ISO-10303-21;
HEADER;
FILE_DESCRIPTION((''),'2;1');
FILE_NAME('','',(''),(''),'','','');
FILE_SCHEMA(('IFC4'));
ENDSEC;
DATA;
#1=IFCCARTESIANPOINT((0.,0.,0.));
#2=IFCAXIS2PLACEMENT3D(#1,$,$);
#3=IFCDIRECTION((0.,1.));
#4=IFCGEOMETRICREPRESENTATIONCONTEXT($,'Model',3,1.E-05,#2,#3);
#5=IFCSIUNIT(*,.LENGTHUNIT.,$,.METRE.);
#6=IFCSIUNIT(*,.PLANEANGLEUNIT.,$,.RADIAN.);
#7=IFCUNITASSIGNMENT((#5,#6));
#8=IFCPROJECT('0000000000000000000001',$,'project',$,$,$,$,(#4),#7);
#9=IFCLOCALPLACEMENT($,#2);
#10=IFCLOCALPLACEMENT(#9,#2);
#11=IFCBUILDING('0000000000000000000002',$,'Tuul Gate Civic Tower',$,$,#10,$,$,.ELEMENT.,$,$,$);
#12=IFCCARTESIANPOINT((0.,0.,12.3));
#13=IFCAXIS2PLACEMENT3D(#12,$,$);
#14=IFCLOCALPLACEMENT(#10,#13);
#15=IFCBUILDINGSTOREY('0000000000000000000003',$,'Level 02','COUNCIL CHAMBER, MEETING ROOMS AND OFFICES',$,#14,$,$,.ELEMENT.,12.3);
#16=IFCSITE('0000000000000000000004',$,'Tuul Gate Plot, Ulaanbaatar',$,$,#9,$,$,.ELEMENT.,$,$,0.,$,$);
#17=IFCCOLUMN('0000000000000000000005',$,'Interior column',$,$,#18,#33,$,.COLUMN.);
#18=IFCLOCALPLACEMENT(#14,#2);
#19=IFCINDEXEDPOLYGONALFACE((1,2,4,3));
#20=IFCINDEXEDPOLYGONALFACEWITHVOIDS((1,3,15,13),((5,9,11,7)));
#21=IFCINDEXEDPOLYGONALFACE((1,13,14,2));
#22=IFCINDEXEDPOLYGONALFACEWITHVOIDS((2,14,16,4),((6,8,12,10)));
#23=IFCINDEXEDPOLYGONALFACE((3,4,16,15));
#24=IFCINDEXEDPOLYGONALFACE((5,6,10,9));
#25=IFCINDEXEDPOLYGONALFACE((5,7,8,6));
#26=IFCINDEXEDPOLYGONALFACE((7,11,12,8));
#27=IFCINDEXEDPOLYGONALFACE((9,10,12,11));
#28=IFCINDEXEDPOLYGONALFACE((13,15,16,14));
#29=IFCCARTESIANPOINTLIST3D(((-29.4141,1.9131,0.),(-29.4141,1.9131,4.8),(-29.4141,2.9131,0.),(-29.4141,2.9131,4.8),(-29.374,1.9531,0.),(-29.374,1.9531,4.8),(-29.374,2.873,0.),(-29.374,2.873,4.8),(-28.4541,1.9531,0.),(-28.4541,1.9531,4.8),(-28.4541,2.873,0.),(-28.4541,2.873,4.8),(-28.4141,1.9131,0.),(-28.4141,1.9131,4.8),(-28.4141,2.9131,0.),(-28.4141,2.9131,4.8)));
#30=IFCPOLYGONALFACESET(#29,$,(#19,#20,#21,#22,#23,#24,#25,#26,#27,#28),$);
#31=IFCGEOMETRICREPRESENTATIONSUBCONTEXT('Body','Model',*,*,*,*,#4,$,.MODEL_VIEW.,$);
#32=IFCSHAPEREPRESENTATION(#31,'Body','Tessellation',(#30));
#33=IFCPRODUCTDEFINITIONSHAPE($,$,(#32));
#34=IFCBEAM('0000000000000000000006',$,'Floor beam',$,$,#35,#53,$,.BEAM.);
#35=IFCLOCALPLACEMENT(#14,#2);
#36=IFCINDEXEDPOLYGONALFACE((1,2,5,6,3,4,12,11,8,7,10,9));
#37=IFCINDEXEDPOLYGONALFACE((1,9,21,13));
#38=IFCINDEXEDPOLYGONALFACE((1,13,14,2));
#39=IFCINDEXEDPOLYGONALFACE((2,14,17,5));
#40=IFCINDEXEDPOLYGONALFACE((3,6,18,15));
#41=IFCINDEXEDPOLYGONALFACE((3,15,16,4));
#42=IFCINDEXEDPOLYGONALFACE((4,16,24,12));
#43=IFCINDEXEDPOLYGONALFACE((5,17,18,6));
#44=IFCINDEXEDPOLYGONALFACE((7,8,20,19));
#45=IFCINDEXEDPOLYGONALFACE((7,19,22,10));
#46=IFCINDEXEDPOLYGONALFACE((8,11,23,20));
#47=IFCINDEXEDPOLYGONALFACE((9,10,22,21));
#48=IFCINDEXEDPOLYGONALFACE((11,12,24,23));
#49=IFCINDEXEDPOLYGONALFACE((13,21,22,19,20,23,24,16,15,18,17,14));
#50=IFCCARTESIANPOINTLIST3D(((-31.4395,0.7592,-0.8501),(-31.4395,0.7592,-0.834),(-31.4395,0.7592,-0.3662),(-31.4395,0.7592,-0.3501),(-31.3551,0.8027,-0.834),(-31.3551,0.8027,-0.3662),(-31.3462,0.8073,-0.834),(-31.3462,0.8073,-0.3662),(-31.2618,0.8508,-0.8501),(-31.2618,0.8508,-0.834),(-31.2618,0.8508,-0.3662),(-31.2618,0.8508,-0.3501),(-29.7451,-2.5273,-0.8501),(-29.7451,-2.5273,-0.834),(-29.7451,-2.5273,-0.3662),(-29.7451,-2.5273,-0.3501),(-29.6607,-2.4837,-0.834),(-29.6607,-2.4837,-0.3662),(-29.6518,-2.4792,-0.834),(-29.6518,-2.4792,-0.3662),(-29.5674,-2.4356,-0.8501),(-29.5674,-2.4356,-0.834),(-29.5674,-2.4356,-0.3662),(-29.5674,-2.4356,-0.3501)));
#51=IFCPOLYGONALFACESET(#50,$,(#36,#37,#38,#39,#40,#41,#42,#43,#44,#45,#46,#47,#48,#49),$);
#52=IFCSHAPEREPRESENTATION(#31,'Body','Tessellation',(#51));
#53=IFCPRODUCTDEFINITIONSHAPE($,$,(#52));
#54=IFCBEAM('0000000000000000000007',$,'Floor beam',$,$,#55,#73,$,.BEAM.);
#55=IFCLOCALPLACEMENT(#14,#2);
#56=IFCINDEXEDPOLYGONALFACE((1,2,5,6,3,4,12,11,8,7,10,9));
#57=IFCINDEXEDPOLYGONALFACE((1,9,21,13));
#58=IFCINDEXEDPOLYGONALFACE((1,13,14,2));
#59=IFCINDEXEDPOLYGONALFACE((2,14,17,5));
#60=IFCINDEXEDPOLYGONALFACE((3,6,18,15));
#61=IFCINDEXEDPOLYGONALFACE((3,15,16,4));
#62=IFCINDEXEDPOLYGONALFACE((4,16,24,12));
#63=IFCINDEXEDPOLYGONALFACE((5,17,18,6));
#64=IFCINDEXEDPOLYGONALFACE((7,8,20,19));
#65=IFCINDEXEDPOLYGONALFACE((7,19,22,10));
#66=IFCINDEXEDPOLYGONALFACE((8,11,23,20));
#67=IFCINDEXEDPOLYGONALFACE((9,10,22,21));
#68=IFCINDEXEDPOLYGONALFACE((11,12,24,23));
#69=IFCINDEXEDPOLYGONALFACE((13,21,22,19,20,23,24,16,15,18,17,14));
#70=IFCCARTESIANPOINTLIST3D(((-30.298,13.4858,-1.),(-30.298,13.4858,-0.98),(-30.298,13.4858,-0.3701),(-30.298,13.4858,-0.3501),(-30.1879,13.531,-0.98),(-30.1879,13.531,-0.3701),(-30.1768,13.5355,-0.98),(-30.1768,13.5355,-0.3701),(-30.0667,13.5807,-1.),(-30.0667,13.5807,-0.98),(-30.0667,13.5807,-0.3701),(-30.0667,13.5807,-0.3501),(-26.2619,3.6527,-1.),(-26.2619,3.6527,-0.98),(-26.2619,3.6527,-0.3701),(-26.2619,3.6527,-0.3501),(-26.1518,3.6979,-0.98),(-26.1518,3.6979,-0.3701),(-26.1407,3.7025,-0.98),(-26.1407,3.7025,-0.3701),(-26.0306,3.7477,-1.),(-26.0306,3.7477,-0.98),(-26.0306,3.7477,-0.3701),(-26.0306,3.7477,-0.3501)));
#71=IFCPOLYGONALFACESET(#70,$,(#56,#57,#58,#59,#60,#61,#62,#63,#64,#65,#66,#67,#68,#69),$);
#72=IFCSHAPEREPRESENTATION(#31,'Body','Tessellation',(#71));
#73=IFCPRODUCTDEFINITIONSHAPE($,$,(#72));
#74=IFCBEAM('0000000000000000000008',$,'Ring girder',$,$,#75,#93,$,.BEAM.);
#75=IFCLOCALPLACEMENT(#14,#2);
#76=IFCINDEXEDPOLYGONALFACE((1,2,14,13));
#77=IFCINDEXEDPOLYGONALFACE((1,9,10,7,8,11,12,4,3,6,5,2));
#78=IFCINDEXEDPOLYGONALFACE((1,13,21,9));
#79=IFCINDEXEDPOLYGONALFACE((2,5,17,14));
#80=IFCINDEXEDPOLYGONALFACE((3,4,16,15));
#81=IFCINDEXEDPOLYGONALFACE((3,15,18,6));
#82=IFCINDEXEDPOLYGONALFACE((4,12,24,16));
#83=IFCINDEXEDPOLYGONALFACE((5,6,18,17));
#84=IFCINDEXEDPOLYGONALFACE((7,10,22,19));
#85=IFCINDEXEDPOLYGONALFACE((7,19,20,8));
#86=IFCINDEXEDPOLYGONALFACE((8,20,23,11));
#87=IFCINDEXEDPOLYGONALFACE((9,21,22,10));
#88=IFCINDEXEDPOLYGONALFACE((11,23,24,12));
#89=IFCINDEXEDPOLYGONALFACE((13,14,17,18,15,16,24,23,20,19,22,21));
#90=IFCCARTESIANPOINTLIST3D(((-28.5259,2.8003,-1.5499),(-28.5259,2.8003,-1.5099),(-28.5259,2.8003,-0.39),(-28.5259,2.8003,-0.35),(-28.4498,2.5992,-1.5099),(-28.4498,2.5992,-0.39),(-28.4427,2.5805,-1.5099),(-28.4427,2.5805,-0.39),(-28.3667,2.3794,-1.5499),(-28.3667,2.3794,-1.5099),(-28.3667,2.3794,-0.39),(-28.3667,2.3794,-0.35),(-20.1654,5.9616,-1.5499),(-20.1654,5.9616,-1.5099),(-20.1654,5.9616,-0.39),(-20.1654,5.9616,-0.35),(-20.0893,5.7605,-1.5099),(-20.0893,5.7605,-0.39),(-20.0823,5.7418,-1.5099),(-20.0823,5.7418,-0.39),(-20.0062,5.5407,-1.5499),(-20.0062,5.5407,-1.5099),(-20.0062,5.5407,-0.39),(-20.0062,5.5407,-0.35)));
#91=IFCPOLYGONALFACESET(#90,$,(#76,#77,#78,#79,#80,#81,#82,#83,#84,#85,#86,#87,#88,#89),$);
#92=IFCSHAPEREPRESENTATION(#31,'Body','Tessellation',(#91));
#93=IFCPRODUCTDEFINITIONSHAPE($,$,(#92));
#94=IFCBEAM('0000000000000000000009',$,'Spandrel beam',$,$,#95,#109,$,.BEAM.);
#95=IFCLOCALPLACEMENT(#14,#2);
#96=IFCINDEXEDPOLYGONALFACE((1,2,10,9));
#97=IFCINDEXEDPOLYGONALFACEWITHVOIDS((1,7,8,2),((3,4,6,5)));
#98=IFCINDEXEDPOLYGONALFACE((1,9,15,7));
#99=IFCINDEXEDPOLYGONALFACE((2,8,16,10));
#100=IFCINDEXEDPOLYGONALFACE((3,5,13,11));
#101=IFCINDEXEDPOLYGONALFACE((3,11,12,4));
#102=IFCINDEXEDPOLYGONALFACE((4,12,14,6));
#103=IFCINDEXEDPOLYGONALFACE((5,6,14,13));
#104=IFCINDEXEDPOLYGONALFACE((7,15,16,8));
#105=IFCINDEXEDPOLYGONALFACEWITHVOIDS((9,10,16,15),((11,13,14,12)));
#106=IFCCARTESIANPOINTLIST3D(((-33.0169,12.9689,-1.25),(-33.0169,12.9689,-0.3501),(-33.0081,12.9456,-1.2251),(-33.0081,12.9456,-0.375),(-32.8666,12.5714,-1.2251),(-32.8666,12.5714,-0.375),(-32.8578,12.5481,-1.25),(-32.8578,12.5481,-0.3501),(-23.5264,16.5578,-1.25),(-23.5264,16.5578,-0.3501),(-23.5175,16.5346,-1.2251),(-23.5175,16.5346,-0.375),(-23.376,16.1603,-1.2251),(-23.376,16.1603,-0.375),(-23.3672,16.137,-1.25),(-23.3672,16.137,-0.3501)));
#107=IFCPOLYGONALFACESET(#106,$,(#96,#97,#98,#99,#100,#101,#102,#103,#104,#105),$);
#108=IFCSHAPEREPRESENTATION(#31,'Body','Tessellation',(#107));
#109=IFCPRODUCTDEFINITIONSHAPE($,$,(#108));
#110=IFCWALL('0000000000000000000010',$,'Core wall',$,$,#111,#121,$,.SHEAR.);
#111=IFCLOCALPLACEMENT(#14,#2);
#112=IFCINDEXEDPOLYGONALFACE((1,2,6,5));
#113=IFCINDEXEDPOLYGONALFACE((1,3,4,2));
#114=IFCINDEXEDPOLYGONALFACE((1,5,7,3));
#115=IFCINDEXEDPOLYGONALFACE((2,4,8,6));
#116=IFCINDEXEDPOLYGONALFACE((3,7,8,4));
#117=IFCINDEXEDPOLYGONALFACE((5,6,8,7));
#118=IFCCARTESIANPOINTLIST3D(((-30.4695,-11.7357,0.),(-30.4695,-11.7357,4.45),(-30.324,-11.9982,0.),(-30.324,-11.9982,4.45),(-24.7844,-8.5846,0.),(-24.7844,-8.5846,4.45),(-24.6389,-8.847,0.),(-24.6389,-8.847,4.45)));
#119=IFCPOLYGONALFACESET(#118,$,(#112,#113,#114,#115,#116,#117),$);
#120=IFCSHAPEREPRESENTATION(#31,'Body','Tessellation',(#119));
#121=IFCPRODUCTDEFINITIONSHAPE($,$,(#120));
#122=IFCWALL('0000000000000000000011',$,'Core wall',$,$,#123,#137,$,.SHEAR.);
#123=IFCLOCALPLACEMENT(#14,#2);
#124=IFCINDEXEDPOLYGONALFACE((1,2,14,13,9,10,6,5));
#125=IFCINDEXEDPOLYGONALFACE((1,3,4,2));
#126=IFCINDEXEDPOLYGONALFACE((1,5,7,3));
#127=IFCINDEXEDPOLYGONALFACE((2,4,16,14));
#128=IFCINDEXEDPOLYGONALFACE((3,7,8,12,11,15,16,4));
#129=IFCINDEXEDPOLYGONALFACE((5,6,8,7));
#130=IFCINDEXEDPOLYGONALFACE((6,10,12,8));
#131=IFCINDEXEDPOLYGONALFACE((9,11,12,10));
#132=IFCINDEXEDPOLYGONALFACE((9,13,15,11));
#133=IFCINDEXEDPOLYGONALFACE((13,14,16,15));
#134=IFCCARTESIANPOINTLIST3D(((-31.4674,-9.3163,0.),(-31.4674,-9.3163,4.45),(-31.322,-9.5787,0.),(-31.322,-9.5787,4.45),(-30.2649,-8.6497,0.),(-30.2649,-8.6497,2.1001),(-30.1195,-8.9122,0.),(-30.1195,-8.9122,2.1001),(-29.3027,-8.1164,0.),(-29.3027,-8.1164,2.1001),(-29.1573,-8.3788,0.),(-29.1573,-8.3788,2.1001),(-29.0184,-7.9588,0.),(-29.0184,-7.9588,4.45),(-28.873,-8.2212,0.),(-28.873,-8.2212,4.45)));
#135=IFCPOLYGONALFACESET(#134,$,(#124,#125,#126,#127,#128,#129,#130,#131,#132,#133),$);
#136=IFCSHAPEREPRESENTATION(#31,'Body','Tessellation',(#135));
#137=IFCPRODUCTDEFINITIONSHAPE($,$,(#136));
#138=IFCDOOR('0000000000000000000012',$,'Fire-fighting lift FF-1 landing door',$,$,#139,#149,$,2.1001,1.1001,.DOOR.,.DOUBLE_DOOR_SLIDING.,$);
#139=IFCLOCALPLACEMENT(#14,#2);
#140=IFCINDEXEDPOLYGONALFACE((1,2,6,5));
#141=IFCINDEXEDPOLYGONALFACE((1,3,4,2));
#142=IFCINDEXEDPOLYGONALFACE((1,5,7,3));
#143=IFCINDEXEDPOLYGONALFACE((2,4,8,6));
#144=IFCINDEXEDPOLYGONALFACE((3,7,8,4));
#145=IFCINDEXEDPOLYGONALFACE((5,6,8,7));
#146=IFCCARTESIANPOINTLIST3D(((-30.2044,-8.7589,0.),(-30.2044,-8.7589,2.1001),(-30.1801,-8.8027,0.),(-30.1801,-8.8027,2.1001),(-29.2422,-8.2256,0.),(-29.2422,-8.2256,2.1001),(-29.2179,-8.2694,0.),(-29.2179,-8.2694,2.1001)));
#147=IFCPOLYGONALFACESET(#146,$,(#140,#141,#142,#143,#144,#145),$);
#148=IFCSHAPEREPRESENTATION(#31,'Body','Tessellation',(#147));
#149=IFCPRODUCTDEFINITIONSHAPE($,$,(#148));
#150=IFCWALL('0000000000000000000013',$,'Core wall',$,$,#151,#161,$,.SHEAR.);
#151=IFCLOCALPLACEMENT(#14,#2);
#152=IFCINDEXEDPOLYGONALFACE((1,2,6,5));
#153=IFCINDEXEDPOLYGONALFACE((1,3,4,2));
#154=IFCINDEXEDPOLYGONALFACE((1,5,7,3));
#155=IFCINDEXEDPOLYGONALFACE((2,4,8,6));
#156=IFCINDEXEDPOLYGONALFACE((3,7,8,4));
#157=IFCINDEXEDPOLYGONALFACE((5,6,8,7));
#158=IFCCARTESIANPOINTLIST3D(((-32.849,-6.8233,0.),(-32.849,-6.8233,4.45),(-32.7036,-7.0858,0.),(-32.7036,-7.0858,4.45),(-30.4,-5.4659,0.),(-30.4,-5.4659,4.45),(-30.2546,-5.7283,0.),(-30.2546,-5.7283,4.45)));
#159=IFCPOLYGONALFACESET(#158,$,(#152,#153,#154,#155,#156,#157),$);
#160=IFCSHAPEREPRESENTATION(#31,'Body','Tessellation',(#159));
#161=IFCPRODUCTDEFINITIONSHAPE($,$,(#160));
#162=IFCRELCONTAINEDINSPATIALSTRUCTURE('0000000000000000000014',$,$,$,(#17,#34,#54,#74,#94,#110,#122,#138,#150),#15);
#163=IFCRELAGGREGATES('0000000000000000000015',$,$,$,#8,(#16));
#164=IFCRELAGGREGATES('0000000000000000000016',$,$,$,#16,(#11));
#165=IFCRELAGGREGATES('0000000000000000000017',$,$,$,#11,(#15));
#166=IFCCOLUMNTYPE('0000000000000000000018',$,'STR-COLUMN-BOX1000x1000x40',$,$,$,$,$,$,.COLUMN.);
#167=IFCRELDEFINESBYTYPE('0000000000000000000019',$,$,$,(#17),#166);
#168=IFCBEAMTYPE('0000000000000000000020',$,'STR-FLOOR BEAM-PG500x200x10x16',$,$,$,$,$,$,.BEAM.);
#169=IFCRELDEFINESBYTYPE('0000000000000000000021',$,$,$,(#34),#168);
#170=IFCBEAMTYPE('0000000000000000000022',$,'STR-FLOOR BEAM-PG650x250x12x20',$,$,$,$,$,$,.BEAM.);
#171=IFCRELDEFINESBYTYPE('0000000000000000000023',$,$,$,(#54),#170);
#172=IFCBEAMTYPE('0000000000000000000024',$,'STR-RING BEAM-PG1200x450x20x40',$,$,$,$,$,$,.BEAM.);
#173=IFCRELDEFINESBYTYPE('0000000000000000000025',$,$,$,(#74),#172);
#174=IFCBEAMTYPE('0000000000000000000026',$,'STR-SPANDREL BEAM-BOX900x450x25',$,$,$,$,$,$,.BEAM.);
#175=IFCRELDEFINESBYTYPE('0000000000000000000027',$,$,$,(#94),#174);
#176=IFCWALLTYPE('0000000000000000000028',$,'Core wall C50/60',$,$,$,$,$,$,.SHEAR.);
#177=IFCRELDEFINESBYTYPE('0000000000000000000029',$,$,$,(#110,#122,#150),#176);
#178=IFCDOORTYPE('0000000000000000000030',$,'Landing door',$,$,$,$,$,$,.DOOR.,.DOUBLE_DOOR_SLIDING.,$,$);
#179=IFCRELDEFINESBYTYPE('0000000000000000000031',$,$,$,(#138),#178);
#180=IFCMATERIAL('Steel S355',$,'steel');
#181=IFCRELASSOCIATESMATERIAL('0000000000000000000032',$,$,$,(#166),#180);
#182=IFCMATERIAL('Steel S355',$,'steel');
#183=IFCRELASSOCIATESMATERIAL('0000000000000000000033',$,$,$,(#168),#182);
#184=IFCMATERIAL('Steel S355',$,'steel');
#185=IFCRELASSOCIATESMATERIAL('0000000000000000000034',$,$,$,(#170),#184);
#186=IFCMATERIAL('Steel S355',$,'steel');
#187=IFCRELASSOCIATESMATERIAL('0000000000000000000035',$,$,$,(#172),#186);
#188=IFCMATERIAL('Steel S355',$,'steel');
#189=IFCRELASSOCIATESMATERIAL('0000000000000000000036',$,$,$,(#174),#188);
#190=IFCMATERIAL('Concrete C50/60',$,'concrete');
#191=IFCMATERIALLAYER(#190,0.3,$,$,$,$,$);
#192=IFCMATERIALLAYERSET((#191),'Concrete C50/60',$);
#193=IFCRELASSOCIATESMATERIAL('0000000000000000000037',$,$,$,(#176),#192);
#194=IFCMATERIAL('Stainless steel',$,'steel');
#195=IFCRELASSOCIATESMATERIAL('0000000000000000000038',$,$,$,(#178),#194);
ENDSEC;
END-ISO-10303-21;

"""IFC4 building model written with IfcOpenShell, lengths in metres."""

from ifc_helpers import new_model, si_unit, direction, frame, frame_2d, origin, origin_2d, place, context, subcontext, project, spatial, rectangle, hollow_rectangle, i_section, extrude, material, layer, layer_set, material_profile, profile_set, type_object, element, fill, save


model = new_model("IFC4")

# Units and contexts
model_context = context("Model", 3, precision=1e-05, world=origin(), true_north=direction((0.0, 1.0)))
body_context = subcontext(model_context, "Body", "Model", "MODEL_VIEW")
ifc_project = project(units=[si_unit("LENGTHUNIT", "METRE"), si_unit("PLANEANGLEUNIT", "RADIAN")], contexts=[model_context])

# Site, building, storey
site_placement = place(None, origin())
site = spatial("IfcSite", under=ifc_project, at=site_placement, Name="Tuul Gate Plot, Ulaanbaatar", CompositionType="ELEMENT", RefElevation=0.0)
building_placement = place(site_placement, origin())
building = spatial("IfcBuilding", under=site, at=building_placement, Name="Tuul Gate Civic Tower", CompositionType="ELEMENT")
storey_placement = place(building_placement, frame((0.0, 0.0, 12.3)))
storey = spatial("IfcBuildingStorey", under=building, at=storey_placement, Name="Level 02", Description="COUNCIL CHAMBER, MEETING ROOMS AND OFFICES", CompositionType="ELEMENT", Elevation=12.3)

# Column
ifc_material_1 = material(Name="Steel S355", Category="steel")
ifc_material_profile_1 = material_profile(ifc_material_1, hollow_rectangle(XDim=1.0, YDim=1.0, WallThickness=0.04, at=origin_2d()), Name="BOX1000x1000x40")
ifc_profile_set_1 = profile_set([ifc_material_profile_1], Name="Steel S355")
column_type = type_object("IfcColumnType", Name="STR-COLUMN-BOX1000x1000x40", PredefinedType="COLUMN", material=ifc_profile_set_1)
column_placement = place(storey_placement, frame((-28.9141, 2.4131, 0.0), z_axis=(0.0, 0.0, 1.0), x_axis=(1.0, 0.0, 0.0)))
element("IfcColumn", 1, at=column_placement, inside=storey, type_object=column_type, Name="Interior column", PredefinedType="COLUMN", context=body_context, shape_type="SweptSolid", body=[
    extrude(hollow_rectangle(XDim=1.0, YDim=1.0, WallThickness=0.04, at=origin_2d()), origin(), (0.0, 0.0, 1.0), 4.8),
])

# Beams
ifc_material_2 = material(Name="Steel S355", Category="steel")
ifc_material_profile_2 = material_profile(ifc_material_2, i_section(OverallWidth=0.2, OverallDepth=0.5, WebThickness=0.01, FlangeThickness=0.0161, at=origin_2d()), Name="PG500x200x10x16")
ifc_profile_set_2 = profile_set([ifc_material_profile_2], Name="Steel S355")
beam_type_1 = type_object("IfcBeamType", Name="STR-FLOOR BEAM-PG500x200x10x16", PredefinedType="BEAM", material=ifc_profile_set_2)
beam_1_placement = place(storey_placement, frame((-29.6562, -2.4814, -0.6001), z_axis=(-0.458246, 0.888825, 0.0), x_axis=(-0.888825, -0.458246, 0.0)))
element("IfcBeam", 2, at=beam_1_placement, inside=storey, type_object=beam_type_1, Name="Floor beam", PredefinedType="BEAM", context=body_context, shape_type="SweptSolid", body=[
    extrude(i_section(OverallWidth=0.2, OverallDepth=0.5, WebThickness=0.01, FlangeThickness=0.0161, at=origin_2d()), origin(), (0.0, 0.0, 1.0), 3.6975),
])
ifc_material_3 = material(Name="Steel S355", Category="steel")
ifc_material_profile_3 = material_profile(ifc_material_3, i_section(OverallWidth=0.25, OverallDepth=0.6499, WebThickness=0.012, FlangeThickness=0.02, at=origin_2d()), Name="PG650x250x12x20")
ifc_profile_set_3 = profile_set([ifc_material_profile_3], Name="Steel S355")
beam_type_2 = type_object("IfcBeamType", Name="STR-FLOOR BEAM-PG650x250x12x20", PredefinedType="BEAM", material=ifc_profile_set_3)
beam_2_placement = place(storey_placement, frame((-26.1462, 3.7002, -0.675), z_axis=(-0.379724, 0.9251, 0.0), x_axis=(-0.9251, -0.379724, 0.0)))
element("IfcBeam", 3, at=beam_2_placement, inside=storey, type_object=beam_type_2, Name="Floor beam", PredefinedType="BEAM", context=body_context, shape_type="SweptSolid", body=[
    extrude(i_section(OverallWidth=0.25, OverallDepth=0.6499, WebThickness=0.012, FlangeThickness=0.02, at=origin_2d()), origin(), (0.0, 0.0, 1.0), 10.6292),
])
ifc_material_4 = material(Name="Steel S355", Category="steel")
ifc_material_profile_4 = material_profile(ifc_material_4, i_section(OverallWidth=0.45, OverallDepth=1.2, WebThickness=0.02, FlangeThickness=0.04, at=origin_2d()), Name="PG1200x450x20x40")
ifc_profile_set_4 = profile_set([ifc_material_profile_4], Name="Steel S355")
beam_type_3 = type_object("IfcBeamType", Name="STR-RING BEAM-PG1200x450x20x40", PredefinedType="BEAM", material=ifc_profile_set_4)
beam_3_placement = place(storey_placement, frame((-28.4463, 2.5898, -0.95), z_axis=(0.935364, 0.353687, 0.0), x_axis=(-0.353687, 0.935364, 0.0)))
element("IfcBeam", 4, at=beam_3_placement, inside=storey, type_object=beam_type_3, Name="Ring girder", PredefinedType="BEAM", context=body_context, shape_type="SweptSolid", body=[
    extrude(i_section(OverallWidth=0.45, OverallDepth=1.2, WebThickness=0.02, FlangeThickness=0.04, at=origin_2d()), origin(), (0.0, 0.0, 1.0), 8.9382),
])
ifc_material_5 = material(Name="Steel S355", Category="steel")
ifc_material_profile_5 = material_profile(ifc_material_5, hollow_rectangle(XDim=0.45, YDim=0.8999, WallThickness=0.0249, at=origin_2d()), Name="BOX900x450x25")
ifc_profile_set_5 = profile_set([ifc_material_profile_5], Name="Steel S355")
beam_type_4 = type_object("IfcBeamType", Name="STR-SPANDREL BEAM-BOX900x450x25", PredefinedType="BEAM", material=ifc_profile_set_5)
beam_4_placement = place(storey_placement, frame((-23.4468, 16.3474, -0.8), z_axis=(-0.935356, -0.353709, 0.0), x_axis=(0.353709, -0.935356, 0.0)))
element("IfcBeam", 5, at=beam_4_placement, inside=storey, type_object=beam_type_4, Name="Spandrel beam", PredefinedType="BEAM", context=body_context, shape_type="SweptSolid", body=[
    extrude(hollow_rectangle(XDim=0.45, YDim=0.8999, WallThickness=0.0249, at=origin_2d()), origin(), (0.0, 0.0, 1.0), 10.1465),
])

# Wall
ifc_material_6 = material(Name="Concrete C50/60", Category="concrete")
ifc_layer_1 = layer(ifc_material_6, 0.3)
ifc_layer_set_1 = layer_set([ifc_layer_1], Name="Concrete C50/60")
wall_type_1 = type_object("IfcWallType", Name="Core wall C50/60", PredefinedType="SHEAR", material=ifc_layer_set_1)
wall_1_placement = place(storey_placement, frame((-24.7117, -8.7158, 0.0), z_axis=(0.0, 0.0, 1.0), x_axis=(-0.87463, -0.484791, 0.0)))
element("IfcWall", 6, at=wall_1_placement, inside=storey, type_object=wall_type_1, Name="Core wall", PredefinedType="SHEAR", context=body_context, shape_type="SweptSolid", body=[
    extrude(rectangle(XDim=6.5, YDim=0.3, at=frame_2d((3.25, 0.0))), origin(), (0.0, 0.0, 1.0), 4.45),
])

# Wall, opening, door
wall_2_placement = place(storey_placement, frame((-28.9458, -8.0901, 0.0), z_axis=(0.0, 0.0, 1.0), x_axis=(-0.87463, -0.484791, 0.0)))
wall_2 = element("IfcWall", 7, at=wall_2_placement, inside=storey, type_object=wall_type_1, Name="Core wall", PredefinedType="SHEAR", context=body_context, shape_type="SweptSolid", body=[
    extrude(rectangle(XDim=2.8, YDim=0.3, at=frame_2d((1.3999, 0.0))), origin(), (0.0, 0.0, 1.0), 4.45),
])
opening_1_placement = place(wall_2_placement, frame((0.325, 0.0, 0.0)))
opening_1 = element("IfcOpeningElement", 8, at=opening_1_placement, cuts=wall_2, PredefinedType="OPENING", context=body_context, shape_type="SweptSolid", body=[
    extrude(rectangle(XDim=1.1001, YDim=2.1001, at=frame_2d((0.55, 1.05))), frame((0.0, 0.1602, 0.0), z_axis=(0.0, -1.0, 0.0), x_axis=(1.0, 0.0, 0.0)), (0.0, 0.0, 1.0), 0.3201),
])
ifc_material_7 = material(Name="Stainless steel", Category="steel")
door_type_1 = type_object("IfcDoorType", Name="Landing door", OperationType="DOUBLE_DOOR_SLIDING", PredefinedType="DOOR", material=ifc_material_7)
door_1_placement = place(opening_1_placement, origin())
door_1 = element("IfcDoor", 9, at=door_1_placement, inside=storey, type_object=door_type_1, Name="Fire-fighting lift FF-1 landing door", OperationType="DOUBLE_DOOR_SLIDING", OverallHeight=2.1001, OverallWidth=1.1001, PredefinedType="DOOR", context=body_context, shape_type="SweptSolid", body=[
    extrude(rectangle(XDim=1.1001, YDim=2.1001, at=frame_2d((0.55, 1.05))), frame((0.0, 0.0249, 0.0), z_axis=(0.0, -1.0, 0.0), x_axis=(1.0, 0.0, 0.0)), (0.0, 0.0, 1.0), 0.05),
])
fill(opening_1, door_1)

# Wall
wall_3_placement = place(storey_placement, frame((-30.3274, -5.5972, 0.0), z_axis=(0.0, 0.0, 1.0), x_axis=(-0.87463, -0.484791, 0.0)))
element("IfcWall", 10, at=wall_3_placement, inside=storey, type_object=wall_type_1, Name="Core wall", PredefinedType="SHEAR", context=body_context, shape_type="SweptSolid", body=[
    extrude(rectangle(XDim=2.8, YDim=0.3, at=frame_2d((1.3999, 0.0))), origin(), (0.0, 0.0, 1.0), 4.45),
])

save(model, "model.ifc")
